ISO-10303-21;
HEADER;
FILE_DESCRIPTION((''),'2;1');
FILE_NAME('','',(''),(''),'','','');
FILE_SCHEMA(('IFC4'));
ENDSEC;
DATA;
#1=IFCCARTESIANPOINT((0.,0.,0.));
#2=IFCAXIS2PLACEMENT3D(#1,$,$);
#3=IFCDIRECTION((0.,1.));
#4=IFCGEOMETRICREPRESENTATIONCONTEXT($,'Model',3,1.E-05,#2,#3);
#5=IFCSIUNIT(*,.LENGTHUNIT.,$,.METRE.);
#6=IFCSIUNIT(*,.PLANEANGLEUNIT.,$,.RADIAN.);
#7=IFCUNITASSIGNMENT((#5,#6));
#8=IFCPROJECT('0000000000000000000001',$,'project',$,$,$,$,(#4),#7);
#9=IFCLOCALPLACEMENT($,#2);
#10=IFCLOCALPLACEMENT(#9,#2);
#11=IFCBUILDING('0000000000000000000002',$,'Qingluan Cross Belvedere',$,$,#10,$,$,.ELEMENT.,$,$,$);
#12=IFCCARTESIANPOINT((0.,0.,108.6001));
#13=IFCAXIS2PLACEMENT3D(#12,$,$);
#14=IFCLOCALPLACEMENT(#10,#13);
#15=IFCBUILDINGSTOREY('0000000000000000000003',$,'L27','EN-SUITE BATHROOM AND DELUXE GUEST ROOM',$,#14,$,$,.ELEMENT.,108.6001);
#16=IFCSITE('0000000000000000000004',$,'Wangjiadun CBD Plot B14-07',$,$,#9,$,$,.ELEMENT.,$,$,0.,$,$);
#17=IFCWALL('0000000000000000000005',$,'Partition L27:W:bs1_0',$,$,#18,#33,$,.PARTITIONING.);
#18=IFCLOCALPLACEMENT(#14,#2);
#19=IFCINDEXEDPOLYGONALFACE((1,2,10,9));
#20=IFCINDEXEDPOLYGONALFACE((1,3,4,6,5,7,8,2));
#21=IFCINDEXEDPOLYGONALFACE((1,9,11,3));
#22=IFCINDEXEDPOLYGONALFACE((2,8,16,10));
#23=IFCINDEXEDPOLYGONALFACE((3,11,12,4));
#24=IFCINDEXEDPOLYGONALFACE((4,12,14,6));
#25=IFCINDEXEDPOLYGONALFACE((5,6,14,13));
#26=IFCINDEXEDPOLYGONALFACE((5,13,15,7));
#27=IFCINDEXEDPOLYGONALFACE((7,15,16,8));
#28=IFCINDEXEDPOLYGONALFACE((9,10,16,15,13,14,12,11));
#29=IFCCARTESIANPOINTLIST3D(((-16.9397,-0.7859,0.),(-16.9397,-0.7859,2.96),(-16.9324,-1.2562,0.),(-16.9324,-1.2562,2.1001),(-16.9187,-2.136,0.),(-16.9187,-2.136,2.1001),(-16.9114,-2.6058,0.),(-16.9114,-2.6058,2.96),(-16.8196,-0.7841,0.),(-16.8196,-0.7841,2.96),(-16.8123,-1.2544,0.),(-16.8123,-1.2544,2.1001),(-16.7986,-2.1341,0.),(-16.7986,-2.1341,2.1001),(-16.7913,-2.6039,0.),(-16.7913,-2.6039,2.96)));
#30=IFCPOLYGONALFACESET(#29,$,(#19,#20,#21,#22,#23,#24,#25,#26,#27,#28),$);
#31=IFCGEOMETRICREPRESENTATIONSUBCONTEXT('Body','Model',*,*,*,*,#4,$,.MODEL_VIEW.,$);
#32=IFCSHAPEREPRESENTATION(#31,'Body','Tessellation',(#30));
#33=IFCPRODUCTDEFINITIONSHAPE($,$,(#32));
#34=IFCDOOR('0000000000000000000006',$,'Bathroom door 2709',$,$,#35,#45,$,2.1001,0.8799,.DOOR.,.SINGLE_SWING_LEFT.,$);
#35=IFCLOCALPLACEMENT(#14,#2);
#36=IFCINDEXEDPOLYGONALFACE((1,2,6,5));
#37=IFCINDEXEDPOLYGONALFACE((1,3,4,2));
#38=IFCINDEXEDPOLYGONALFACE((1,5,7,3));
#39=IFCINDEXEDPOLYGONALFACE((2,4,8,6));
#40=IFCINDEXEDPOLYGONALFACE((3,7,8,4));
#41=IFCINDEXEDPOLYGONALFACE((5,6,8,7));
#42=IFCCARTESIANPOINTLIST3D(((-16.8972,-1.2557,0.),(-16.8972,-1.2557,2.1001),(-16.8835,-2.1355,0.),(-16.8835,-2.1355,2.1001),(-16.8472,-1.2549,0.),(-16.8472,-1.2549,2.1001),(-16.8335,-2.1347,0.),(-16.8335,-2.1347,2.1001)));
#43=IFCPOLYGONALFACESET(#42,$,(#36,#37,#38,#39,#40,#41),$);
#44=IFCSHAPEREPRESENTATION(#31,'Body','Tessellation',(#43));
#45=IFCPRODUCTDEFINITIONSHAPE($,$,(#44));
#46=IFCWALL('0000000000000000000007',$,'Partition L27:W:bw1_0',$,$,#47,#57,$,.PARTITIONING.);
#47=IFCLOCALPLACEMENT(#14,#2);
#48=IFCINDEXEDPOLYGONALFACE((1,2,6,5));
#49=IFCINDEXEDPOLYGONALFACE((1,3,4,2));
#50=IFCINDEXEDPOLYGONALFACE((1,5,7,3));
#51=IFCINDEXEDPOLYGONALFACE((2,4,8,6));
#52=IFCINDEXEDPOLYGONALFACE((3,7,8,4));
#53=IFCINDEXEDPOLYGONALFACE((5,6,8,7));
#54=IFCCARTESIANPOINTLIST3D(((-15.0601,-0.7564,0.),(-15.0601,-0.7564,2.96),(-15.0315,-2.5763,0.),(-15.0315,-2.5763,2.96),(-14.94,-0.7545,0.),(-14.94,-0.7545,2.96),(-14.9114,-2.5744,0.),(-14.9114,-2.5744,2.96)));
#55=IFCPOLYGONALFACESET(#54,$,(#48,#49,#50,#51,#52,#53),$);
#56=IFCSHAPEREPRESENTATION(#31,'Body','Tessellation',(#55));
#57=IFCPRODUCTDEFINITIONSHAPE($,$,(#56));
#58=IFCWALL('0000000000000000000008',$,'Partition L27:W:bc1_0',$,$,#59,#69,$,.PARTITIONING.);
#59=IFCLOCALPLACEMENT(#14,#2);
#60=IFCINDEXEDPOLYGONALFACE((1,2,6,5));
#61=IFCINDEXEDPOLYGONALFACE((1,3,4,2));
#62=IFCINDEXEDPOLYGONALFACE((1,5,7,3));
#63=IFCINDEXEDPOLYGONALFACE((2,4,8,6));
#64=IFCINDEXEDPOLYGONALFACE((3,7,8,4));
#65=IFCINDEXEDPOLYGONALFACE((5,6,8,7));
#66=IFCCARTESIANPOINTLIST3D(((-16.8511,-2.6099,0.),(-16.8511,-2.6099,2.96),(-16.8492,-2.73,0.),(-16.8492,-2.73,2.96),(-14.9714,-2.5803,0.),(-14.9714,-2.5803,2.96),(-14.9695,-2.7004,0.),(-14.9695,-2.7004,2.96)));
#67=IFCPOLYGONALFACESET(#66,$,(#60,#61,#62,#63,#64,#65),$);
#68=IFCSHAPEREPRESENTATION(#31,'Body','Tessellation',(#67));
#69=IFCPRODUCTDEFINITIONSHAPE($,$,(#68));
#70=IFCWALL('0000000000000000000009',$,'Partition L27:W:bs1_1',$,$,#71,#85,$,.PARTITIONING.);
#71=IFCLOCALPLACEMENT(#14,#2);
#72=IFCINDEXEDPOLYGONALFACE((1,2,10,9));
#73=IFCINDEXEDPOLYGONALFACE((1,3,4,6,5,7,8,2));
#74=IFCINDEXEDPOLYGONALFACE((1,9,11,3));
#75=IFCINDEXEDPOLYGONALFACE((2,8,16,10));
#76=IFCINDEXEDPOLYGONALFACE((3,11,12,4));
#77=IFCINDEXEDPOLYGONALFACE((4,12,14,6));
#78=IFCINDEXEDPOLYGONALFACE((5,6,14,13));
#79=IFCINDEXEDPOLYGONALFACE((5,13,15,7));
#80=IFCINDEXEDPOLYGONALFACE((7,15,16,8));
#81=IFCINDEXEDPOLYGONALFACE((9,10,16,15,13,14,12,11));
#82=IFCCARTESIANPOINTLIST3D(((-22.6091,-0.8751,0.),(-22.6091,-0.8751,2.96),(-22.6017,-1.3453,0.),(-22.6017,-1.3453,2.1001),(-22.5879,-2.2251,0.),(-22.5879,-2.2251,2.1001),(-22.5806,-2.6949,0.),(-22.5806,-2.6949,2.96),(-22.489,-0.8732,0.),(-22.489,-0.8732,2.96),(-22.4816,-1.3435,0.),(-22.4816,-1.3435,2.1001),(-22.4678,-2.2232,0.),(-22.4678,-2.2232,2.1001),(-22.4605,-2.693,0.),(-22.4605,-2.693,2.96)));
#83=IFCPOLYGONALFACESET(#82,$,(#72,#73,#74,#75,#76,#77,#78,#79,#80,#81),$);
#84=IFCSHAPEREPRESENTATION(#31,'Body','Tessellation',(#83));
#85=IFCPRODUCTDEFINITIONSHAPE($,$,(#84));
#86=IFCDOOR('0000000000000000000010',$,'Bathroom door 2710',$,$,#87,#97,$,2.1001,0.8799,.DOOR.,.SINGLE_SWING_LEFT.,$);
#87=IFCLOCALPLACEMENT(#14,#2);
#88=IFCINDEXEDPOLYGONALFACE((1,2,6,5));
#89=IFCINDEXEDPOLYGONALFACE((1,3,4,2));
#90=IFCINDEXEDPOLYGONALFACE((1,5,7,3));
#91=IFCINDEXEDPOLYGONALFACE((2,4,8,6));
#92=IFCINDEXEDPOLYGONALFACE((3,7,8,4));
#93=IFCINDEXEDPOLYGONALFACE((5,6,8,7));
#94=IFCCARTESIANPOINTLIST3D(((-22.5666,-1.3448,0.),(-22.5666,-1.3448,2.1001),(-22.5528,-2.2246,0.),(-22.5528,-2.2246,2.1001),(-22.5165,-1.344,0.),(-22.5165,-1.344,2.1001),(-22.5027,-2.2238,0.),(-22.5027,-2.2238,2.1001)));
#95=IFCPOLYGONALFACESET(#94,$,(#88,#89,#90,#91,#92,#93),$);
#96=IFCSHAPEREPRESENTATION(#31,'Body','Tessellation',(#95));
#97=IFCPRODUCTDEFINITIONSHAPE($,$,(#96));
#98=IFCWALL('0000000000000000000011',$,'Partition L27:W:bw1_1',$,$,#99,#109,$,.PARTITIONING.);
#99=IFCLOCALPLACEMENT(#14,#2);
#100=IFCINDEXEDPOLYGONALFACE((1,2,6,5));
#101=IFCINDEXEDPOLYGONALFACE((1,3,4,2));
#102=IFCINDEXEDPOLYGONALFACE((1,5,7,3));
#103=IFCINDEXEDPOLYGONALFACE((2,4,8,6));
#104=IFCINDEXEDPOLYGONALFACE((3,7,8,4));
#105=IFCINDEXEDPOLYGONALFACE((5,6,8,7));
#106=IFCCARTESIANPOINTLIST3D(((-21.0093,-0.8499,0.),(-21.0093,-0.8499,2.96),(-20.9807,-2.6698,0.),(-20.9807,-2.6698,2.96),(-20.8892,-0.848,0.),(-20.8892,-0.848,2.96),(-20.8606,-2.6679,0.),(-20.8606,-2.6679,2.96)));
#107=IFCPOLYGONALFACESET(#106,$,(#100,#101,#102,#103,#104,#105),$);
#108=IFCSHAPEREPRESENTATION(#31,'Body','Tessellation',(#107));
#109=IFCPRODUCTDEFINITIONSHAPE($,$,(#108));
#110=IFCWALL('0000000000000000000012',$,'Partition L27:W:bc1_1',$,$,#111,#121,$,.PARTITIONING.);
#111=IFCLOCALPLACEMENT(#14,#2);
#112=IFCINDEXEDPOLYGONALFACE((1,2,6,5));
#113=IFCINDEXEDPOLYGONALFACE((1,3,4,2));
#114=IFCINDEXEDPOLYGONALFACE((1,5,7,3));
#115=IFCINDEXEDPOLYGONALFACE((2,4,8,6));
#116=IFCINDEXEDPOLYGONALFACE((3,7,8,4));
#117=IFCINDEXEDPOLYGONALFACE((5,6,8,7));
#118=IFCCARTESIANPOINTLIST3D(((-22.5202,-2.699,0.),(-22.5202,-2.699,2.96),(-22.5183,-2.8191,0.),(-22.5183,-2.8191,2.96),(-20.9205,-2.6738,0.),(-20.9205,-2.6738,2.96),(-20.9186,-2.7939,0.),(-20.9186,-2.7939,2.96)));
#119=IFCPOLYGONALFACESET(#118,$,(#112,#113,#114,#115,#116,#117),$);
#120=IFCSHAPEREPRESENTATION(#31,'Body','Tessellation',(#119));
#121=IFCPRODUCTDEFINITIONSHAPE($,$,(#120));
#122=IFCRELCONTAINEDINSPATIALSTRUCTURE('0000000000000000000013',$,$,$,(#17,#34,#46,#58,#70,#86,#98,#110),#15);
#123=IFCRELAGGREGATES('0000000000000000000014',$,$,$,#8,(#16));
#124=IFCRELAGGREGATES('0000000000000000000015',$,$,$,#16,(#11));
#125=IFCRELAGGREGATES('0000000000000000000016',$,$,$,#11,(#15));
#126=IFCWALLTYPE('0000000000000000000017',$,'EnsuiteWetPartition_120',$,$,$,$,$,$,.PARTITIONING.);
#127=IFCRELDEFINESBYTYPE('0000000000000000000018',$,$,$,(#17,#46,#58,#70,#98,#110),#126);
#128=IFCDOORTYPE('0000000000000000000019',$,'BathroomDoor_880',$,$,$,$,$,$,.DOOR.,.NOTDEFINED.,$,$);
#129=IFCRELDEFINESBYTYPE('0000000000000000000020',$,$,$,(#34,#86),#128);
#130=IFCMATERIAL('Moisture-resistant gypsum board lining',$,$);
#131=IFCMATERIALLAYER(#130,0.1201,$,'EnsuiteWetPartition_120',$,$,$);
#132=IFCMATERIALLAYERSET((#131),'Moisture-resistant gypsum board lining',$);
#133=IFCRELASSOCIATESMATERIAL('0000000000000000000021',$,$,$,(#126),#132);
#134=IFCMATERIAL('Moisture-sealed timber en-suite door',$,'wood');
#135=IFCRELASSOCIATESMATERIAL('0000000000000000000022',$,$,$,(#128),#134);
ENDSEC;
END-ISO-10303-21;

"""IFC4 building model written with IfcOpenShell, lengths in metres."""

from ifc_helpers import new_model, si_unit, direction, frame, frame_2d, origin, place, context, subcontext, project, spatial, rectangle, extrude, material, layer, layer_set, type_object, element, fill, save


model = new_model("IFC4")

# Units and contexts
model_context = context("Model", 3, precision=1e-05, world=origin(), true_north=direction((0.0, 1.0)))
body_context = subcontext(model_context, "Body", "Model", "MODEL_VIEW")
ifc_project = project(units=[si_unit("LENGTHUNIT", "METRE"), si_unit("PLANEANGLEUNIT", "RADIAN")], contexts=[model_context])

# Site, building, storey
site_placement = place(None, origin())
site = spatial("IfcSite", under=ifc_project, at=site_placement, Name="Wangjiadun CBD Plot B14-07", CompositionType="ELEMENT", RefElevation=0.0)
building_placement = place(site_placement, origin())
building = spatial("IfcBuilding", under=site, at=building_placement, Name="Qingluan Cross Belvedere", CompositionType="ELEMENT")
storey_placement = place(building_placement, frame((0.0, 0.0, 108.6001)))
storey = spatial("IfcBuildingStorey", under=building, at=storey_placement, Name="L27", Description="EN-SUITE BATHROOM AND DELUXE GUEST ROOM", CompositionType="ELEMENT", Elevation=108.6001)

# Wall, opening, door
ifc_material_1 = material(Name="Moisture-resistant gypsum board lining")
ifc_layer_1 = layer(ifc_material_1, 0.1201, Name="EnsuiteWetPartition_120")
ifc_layer_set_1 = layer_set([ifc_layer_1], Name="Moisture-resistant gypsum board lining")
wall_type_1 = type_object("IfcWallType", Name="EnsuiteWetPartition_120", PredefinedType="PARTITIONING", material=ifc_layer_set_1)
wall_1_placement = place(storey_placement, frame((-16.8513, -2.605, 0.0), z_axis=(0.0, 0.0, 1.0), x_axis=(-0.01556, 0.999879, 0.0)))
wall_1 = element("IfcWall", 1, at=wall_1_placement, inside=storey, type_object=wall_type_1, Name="Partition L27:W:bs1_0", PredefinedType="PARTITIONING", context=body_context, shape_type="SweptSolid", body=[
    extrude(rectangle(XDim=1.8201, YDim=0.1201, at=frame_2d((0.9102, 0.0))), origin(), (0.0, 0.0, 1.0), 2.96),
])
opening_1_placement = place(wall_1_placement, frame((0.47, 0.0, 0.0)))
opening_1 = element("IfcOpeningElement", 2, at=opening_1_placement, cuts=wall_1, PredefinedType="OPENING", context=body_context, shape_type="SweptSolid", body=[
    extrude(rectangle(XDim=0.8799, YDim=2.1001, at=frame_2d((0.4399, 1.05))), frame((0.0, 0.0701, 0.0), z_axis=(0.0, -1.0, 0.0), x_axis=(1.0, 0.0, 0.0)), (0.0, 0.0, 1.0), 0.1401),
])
ifc_material_2 = material(Name="Moisture-sealed timber en-suite door", Category="wood")
door_type_1 = type_object("IfcDoorType", Name="BathroomDoor_880", OperationType="NOTDEFINED", PredefinedType="DOOR", material=ifc_material_2)
door_1_placement = place(opening_1_placement, origin())
door_1 = element("IfcDoor", 3, at=door_1_placement, inside=storey, type_object=door_type_1, Name="Bathroom door 2709", OperationType="SINGLE_SWING_LEFT", OverallHeight=2.1001, OverallWidth=0.8799, PredefinedType="DOOR", context=body_context, shape_type="SweptSolid", body=[
    extrude(rectangle(XDim=0.8799, YDim=2.1001, at=frame_2d((0.4399, 1.05))), frame((0.0, 0.0249, 0.0), z_axis=(0.0, -1.0, 0.0), x_axis=(1.0, 0.0, 0.0)), (0.0, 0.0, 1.0), 0.05),
])
fill(opening_1, door_1)

# Walls
wall_2_placement = place(storey_placement, frame((-14.9714, -2.5754, 0.0), z_axis=(0.0, 0.0, 1.0), x_axis=(-0.015694, 0.999877, 0.0)))
element("IfcWall", 4, at=wall_2_placement, inside=storey, type_object=wall_type_1, Name="Partition L27:W:bw1_0", PredefinedType="PARTITIONING", context=body_context, shape_type="SweptSolid", body=[
    extrude(rectangle(XDim=1.8201, YDim=0.1201, at=frame_2d((0.9102, 0.0))), origin(), (0.0, 0.0, 1.0), 2.96),
])
wall_3_placement = place(storey_placement, frame((-14.9705, -2.6404, 0.0), z_axis=(0.0, 0.0, 1.0), x_axis=(-0.999877, -0.015714, 0.0)))
element("IfcWall", 5, at=wall_3_placement, inside=storey, type_object=wall_type_1, Name="Partition L27:W:bc1_0", PredefinedType="PARTITIONING", context=body_context, shape_type="SweptSolid", body=[
    extrude(rectangle(XDim=1.8799, YDim=0.1201, at=frame_2d((0.9399, 0.0))), origin(), (0.0, 0.0, 1.0), 2.96),
])

# Wall, opening, door
wall_4_placement = place(storey_placement, frame((-22.5205, -2.6941, 0.0), z_axis=(0.0, 0.0, 1.0), x_axis=(-0.015694, 0.999877, 0.0)))
wall_4 = element("IfcWall", 6, at=wall_4_placement, inside=storey, type_object=wall_type_1, Name="Partition L27:W:bs1_1", PredefinedType="PARTITIONING", context=body_context, shape_type="SweptSolid", body=[
    extrude(rectangle(XDim=1.8201, YDim=0.1201, at=frame_2d((0.9102, 0.0))), origin(), (0.0, 0.0, 1.0), 2.96),
])
opening_2_placement = place(wall_4_placement, frame((0.47, 0.0, 0.0)))
opening_2 = element("IfcOpeningElement", 7, at=opening_2_placement, cuts=wall_4, PredefinedType="OPENING", context=body_context, shape_type="SweptSolid", body=[
    extrude(rectangle(XDim=0.8799, YDim=2.1001, at=frame_2d((0.4399, 1.05))), frame((0.0, 0.0701, 0.0), z_axis=(0.0, -1.0, 0.0), x_axis=(1.0, 0.0, 0.0)), (0.0, 0.0, 1.0), 0.1401),
])
door_2_placement = place(opening_2_placement, origin())
door_2 = element("IfcDoor", 8, at=door_2_placement, inside=storey, type_object=door_type_1, Name="Bathroom door 2710", OperationType="SINGLE_SWING_LEFT", OverallHeight=2.1001, OverallWidth=0.8799, PredefinedType="DOOR", context=body_context, shape_type="SweptSolid", body=[
    extrude(rectangle(XDim=0.8799, YDim=2.1001, at=frame_2d((0.4399, 1.05))), frame((0.0, 0.0249, 0.0), z_axis=(0.0, -1.0, 0.0), x_axis=(1.0, 0.0, 0.0)), (0.0, 0.0, 1.0), 0.05),
])
fill(opening_2, door_2)

# Walls
wall_5_placement = place(storey_placement, frame((-20.9207, -2.6689, 0.0), z_axis=(0.0, 0.0, 1.0), x_axis=(-0.015694, 0.999877, 0.0)))
element("IfcWall", 9, at=wall_5_placement, inside=storey, type_object=wall_type_1, Name="Partition L27:W:bw1_1", PredefinedType="PARTITIONING", context=body_context, shape_type="SweptSolid", body=[
    extrude(rectangle(XDim=1.8201, YDim=0.1201, at=frame_2d((0.9102, 0.0))), origin(), (0.0, 0.0, 1.0), 2.96),
])
wall_6_placement = place(storey_placement, frame((-20.9197, -2.7339, 0.0), z_axis=(0.0, 0.0, 1.0), x_axis=(-0.999876, -0.015718, 0.0)))
element("IfcWall", 10, at=wall_6_placement, inside=storey, type_object=wall_type_1, Name="Partition L27:W:bc1_1", PredefinedType="PARTITIONING", context=body_context, shape_type="SweptSolid", body=[
    extrude(rectangle(XDim=1.5999, YDim=0.1201, at=frame_2d((0.7998, 0.0))), origin(), (0.0, 0.0, 1.0), 2.96),
])

save(model, "model.ifc")
